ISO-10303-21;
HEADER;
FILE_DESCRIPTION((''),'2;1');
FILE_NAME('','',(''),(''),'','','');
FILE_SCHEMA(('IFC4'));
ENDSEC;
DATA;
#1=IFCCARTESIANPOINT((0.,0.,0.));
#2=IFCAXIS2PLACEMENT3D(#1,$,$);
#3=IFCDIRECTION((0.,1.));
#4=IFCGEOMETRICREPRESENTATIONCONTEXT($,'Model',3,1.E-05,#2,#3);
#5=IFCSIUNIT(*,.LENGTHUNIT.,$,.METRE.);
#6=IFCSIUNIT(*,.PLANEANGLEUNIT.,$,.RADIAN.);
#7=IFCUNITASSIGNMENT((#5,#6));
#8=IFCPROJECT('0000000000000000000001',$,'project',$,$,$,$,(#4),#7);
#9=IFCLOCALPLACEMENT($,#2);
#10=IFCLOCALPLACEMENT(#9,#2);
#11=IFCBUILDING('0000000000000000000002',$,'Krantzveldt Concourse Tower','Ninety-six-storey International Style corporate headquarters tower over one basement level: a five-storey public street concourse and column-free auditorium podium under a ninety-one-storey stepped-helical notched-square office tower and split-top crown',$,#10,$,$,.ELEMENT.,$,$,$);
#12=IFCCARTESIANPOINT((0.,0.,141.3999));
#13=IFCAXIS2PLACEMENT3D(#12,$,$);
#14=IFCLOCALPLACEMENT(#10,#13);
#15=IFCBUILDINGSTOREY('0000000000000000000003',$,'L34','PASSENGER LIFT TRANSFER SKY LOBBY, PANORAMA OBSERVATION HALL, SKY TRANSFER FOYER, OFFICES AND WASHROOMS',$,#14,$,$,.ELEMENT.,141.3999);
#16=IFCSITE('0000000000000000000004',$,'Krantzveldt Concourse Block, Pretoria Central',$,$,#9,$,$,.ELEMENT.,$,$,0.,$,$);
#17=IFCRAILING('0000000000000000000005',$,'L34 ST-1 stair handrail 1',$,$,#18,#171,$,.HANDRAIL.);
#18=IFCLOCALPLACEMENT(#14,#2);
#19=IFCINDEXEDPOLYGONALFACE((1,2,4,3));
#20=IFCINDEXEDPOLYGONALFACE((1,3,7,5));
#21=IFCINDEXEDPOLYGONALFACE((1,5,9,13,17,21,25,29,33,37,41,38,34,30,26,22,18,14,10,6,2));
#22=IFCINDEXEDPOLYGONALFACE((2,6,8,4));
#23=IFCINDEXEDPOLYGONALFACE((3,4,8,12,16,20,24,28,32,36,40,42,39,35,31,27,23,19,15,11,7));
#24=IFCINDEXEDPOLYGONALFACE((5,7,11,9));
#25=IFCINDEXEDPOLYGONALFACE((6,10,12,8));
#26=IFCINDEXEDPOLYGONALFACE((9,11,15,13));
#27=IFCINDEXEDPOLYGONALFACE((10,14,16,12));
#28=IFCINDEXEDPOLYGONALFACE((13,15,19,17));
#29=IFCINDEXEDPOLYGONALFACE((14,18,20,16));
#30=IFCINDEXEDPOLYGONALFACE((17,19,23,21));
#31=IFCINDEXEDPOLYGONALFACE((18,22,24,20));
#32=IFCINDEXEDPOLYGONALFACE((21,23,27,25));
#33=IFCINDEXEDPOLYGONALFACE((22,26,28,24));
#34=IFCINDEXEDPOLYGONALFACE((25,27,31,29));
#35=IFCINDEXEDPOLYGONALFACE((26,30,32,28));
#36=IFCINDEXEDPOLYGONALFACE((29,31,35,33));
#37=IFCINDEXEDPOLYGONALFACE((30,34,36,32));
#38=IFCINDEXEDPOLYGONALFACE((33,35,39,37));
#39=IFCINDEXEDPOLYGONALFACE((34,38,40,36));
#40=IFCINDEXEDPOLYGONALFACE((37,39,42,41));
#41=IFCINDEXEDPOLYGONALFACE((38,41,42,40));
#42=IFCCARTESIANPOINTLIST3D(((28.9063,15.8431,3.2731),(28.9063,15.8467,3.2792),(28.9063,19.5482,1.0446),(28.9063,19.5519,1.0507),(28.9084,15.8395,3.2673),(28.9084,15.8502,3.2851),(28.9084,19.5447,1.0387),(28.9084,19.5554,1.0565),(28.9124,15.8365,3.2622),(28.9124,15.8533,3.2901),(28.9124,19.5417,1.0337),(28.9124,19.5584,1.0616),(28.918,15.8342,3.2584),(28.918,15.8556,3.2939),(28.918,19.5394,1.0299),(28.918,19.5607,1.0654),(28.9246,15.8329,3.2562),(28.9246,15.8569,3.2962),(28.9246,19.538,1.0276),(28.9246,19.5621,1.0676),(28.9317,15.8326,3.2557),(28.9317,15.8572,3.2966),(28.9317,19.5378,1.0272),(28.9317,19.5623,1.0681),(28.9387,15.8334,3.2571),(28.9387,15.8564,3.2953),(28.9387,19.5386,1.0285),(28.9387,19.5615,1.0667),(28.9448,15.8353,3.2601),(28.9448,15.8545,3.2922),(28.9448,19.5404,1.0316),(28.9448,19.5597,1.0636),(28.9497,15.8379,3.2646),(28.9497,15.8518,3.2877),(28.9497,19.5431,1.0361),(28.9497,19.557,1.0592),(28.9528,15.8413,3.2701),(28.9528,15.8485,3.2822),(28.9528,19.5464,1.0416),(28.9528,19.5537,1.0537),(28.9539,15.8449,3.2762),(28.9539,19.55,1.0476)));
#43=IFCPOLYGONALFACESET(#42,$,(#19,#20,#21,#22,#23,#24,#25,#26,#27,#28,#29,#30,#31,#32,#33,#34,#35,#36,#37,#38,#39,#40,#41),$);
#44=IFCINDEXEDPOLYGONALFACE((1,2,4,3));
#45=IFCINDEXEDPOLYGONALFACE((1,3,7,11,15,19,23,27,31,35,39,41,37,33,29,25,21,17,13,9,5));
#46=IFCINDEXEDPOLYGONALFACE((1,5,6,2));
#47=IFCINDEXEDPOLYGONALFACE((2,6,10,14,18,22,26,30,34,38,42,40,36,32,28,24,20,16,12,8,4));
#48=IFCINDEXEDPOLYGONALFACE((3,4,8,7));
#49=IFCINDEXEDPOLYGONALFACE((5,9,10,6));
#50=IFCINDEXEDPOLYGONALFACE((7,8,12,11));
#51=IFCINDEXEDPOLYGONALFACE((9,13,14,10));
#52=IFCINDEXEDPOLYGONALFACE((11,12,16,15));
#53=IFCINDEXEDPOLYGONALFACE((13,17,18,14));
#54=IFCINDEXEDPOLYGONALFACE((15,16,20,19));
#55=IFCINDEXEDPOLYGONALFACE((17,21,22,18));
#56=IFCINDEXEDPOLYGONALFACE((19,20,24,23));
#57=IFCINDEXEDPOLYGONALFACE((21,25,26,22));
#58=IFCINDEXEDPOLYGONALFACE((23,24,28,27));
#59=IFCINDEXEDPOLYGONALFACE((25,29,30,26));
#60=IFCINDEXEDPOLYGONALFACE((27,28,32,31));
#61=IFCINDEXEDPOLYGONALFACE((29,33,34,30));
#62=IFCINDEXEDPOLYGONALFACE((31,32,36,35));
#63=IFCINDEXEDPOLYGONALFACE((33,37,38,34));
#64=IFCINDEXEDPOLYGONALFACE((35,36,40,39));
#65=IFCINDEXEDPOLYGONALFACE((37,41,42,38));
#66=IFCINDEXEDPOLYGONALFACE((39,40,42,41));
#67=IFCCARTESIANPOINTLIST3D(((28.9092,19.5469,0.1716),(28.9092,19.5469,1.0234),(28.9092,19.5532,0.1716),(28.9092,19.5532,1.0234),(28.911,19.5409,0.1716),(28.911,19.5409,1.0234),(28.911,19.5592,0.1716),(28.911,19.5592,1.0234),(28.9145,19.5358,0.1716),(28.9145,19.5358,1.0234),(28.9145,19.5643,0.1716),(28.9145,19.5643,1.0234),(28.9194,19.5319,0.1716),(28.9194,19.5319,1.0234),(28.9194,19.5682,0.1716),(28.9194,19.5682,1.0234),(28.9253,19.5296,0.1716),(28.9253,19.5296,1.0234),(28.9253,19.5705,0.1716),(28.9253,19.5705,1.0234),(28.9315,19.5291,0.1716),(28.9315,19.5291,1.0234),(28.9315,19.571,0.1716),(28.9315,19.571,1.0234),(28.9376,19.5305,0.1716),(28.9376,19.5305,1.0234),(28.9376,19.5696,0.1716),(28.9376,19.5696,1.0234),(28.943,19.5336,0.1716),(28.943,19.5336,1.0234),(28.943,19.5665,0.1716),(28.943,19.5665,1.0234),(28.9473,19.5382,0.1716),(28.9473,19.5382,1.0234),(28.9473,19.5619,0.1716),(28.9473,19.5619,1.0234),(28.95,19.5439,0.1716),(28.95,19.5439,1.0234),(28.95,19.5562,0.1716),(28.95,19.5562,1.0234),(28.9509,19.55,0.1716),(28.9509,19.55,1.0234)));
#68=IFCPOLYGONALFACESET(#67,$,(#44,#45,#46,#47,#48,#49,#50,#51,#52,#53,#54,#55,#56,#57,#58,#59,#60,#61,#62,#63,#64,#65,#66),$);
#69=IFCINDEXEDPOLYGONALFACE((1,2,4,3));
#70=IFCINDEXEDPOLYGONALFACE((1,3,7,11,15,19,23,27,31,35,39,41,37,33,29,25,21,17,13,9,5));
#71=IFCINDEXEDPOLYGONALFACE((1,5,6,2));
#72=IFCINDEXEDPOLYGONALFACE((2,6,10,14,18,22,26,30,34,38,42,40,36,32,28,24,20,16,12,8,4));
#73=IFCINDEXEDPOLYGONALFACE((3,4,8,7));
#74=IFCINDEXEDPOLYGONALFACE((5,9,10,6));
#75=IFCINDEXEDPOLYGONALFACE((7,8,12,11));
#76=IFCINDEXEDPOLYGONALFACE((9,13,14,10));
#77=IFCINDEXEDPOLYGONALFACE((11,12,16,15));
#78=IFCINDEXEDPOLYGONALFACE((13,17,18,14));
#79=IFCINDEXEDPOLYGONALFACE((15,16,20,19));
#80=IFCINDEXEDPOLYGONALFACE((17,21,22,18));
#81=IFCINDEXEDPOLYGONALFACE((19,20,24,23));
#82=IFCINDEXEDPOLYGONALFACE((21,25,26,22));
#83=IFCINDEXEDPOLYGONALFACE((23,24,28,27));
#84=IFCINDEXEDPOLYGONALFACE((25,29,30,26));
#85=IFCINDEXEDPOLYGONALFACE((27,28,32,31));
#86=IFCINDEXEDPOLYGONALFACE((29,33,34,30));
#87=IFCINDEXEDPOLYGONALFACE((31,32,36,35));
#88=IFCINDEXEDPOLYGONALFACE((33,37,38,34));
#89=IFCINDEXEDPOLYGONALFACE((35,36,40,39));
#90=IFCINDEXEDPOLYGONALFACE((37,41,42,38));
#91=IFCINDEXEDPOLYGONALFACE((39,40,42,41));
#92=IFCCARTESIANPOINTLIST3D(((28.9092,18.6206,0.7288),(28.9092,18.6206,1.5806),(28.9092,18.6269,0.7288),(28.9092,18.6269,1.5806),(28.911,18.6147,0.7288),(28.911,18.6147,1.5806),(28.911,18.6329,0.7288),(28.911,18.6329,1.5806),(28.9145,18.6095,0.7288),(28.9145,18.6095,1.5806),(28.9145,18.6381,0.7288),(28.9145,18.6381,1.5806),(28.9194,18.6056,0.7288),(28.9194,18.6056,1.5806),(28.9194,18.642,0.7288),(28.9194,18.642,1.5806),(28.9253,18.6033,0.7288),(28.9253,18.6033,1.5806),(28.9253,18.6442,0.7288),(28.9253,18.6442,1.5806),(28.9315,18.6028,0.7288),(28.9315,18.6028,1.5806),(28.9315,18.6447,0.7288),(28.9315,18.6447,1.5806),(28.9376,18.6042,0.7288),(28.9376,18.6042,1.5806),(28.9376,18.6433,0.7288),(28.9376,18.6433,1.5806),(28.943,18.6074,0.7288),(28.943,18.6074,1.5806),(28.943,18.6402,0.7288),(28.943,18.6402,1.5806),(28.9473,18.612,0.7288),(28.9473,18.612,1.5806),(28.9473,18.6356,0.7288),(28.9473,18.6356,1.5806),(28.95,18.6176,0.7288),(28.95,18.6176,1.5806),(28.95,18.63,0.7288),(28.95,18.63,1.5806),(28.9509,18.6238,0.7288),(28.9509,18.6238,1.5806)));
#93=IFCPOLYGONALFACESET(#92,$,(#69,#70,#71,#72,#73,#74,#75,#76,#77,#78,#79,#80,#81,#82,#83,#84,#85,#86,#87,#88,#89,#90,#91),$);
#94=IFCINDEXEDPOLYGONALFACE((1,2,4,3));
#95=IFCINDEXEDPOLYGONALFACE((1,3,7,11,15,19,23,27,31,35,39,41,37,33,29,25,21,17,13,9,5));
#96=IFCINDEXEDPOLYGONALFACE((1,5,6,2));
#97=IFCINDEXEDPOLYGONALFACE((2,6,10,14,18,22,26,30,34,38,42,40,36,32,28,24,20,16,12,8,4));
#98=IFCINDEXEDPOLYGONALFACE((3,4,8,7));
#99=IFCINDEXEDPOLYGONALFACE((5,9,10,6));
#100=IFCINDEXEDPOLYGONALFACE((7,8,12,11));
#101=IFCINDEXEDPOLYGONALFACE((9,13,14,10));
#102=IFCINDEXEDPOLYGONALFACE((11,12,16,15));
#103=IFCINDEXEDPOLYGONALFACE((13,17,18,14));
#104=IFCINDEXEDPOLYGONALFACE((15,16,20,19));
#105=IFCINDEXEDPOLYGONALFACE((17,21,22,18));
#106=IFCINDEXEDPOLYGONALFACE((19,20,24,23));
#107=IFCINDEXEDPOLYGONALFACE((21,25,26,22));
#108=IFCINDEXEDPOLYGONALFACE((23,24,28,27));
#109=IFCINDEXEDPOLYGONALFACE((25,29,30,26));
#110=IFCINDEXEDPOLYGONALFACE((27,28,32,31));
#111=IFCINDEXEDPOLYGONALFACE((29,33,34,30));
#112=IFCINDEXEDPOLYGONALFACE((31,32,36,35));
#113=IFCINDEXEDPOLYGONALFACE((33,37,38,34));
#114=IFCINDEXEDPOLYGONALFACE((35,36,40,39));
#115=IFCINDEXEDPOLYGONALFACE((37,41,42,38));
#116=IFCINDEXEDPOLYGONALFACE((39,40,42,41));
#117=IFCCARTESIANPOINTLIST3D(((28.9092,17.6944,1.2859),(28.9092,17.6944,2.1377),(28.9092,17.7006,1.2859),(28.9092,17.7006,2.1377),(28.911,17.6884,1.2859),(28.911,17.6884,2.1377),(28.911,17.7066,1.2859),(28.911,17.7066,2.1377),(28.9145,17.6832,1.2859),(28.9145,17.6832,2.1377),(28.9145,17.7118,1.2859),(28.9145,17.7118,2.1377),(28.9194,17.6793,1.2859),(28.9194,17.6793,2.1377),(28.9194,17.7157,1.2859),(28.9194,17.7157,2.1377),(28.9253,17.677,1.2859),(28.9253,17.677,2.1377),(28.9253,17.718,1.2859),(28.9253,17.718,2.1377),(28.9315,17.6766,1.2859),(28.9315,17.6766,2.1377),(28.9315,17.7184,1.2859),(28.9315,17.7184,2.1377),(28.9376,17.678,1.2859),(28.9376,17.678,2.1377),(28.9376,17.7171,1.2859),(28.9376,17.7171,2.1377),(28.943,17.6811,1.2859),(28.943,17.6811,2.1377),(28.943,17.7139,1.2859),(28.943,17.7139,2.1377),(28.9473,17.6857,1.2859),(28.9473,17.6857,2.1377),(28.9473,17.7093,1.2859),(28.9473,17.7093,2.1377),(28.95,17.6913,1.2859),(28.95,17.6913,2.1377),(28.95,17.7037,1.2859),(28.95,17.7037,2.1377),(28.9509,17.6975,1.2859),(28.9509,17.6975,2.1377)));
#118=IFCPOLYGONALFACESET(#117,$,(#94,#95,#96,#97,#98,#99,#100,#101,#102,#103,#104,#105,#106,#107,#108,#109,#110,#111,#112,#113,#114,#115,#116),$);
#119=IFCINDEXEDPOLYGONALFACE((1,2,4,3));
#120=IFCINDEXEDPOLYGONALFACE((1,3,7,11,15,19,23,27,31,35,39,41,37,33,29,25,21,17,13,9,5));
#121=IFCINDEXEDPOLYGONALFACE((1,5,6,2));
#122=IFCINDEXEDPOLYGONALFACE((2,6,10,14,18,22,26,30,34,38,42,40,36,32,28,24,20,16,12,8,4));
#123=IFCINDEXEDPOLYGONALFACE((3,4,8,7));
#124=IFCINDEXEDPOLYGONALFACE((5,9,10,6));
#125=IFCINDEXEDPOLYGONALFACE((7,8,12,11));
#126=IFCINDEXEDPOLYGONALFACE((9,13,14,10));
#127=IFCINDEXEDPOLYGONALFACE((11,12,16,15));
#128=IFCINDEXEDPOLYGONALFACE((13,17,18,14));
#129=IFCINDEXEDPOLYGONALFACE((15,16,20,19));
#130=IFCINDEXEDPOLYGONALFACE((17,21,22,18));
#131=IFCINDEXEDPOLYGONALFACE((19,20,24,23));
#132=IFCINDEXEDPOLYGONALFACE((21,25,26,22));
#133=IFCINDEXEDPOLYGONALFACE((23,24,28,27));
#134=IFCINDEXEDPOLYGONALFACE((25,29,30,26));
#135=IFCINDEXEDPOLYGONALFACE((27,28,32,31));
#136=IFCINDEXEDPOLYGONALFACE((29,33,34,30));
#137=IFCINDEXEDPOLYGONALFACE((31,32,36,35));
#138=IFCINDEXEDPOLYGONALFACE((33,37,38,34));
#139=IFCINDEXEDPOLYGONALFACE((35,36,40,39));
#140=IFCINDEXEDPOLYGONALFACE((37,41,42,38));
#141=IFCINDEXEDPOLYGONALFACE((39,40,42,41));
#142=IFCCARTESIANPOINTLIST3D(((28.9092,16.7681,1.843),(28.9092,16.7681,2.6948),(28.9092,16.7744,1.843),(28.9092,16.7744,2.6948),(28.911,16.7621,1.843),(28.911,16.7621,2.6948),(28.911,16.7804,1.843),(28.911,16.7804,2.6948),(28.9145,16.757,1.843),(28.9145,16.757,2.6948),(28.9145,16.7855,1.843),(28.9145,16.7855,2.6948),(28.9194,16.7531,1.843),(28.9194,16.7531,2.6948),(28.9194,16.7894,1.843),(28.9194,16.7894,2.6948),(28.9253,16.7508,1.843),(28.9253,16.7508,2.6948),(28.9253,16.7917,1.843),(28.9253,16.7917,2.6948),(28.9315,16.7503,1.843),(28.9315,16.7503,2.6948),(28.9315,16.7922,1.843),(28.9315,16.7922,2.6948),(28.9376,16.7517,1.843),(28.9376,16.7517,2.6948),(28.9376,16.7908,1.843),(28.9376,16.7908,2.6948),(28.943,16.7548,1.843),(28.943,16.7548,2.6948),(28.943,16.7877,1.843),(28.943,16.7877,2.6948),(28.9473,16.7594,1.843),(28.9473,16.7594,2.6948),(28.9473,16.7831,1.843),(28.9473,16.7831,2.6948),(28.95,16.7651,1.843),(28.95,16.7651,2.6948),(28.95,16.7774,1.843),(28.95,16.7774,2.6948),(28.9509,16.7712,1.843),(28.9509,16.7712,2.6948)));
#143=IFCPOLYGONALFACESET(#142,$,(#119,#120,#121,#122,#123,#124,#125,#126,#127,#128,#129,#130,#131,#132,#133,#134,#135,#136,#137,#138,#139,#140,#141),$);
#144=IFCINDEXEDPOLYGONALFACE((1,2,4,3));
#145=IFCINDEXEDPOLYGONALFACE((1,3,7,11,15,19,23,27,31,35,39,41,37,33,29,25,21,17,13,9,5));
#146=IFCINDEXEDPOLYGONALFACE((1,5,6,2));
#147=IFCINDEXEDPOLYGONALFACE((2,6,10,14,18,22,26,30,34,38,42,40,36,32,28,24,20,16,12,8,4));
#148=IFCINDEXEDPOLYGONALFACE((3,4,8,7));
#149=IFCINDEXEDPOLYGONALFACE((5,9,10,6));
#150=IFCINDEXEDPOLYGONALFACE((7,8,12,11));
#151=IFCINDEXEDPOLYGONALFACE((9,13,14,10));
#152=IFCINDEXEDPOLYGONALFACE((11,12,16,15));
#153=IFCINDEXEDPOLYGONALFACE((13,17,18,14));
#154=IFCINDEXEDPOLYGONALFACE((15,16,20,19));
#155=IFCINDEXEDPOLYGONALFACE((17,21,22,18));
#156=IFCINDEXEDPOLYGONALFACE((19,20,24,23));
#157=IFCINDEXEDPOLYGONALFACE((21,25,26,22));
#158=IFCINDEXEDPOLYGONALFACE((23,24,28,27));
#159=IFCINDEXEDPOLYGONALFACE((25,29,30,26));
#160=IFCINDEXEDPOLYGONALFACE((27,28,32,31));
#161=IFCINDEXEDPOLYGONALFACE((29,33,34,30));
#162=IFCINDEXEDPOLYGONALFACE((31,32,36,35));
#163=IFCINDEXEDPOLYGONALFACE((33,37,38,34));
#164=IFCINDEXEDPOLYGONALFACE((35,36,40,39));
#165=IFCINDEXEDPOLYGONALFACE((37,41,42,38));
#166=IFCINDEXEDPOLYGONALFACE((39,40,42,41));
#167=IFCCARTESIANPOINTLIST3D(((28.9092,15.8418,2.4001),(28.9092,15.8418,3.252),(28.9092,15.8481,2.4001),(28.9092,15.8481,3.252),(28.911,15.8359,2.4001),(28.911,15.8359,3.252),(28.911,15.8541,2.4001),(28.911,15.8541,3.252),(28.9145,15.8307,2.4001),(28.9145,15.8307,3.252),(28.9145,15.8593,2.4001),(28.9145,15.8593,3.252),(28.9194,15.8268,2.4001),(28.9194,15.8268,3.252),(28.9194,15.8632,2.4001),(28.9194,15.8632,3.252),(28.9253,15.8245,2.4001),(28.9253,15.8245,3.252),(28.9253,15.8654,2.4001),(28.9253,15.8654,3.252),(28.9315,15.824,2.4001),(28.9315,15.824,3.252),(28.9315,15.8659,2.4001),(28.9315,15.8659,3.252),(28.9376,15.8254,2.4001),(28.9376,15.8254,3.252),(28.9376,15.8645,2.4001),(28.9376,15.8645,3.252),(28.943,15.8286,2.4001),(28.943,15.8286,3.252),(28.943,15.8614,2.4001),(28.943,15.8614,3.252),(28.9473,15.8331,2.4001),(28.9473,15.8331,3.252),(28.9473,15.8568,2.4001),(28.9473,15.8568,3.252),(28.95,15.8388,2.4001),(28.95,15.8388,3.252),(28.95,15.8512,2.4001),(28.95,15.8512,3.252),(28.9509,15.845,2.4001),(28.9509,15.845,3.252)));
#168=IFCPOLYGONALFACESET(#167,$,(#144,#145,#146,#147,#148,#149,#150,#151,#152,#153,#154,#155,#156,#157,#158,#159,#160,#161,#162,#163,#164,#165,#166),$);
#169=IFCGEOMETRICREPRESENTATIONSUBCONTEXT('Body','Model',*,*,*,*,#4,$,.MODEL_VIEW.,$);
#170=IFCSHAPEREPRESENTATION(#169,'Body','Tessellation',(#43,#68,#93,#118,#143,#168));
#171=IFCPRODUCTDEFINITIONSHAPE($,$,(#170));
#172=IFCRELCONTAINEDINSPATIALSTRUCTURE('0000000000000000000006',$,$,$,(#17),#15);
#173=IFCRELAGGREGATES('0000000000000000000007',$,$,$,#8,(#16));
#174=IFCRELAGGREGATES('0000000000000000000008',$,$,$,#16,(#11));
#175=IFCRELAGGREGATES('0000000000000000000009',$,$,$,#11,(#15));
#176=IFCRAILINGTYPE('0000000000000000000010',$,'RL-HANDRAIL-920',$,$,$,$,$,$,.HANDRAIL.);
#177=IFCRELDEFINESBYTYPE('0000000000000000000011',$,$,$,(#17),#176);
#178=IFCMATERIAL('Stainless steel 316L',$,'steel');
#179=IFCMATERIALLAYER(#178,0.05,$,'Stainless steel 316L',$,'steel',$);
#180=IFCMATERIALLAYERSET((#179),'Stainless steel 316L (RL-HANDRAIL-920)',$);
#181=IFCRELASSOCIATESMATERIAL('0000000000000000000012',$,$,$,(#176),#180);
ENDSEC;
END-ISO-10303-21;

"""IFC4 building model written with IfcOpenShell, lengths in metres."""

from ifc_helpers import new_model, si_unit, direction, frame, origin, origin_2d, place, context, subcontext, project, spatial, circle, extrude, material, layer, layer_set, type_object, element, save


model = new_model("IFC4")

# Units and contexts
model_context = context("Model", 3, precision=1e-05, world=origin(), true_north=direction((0.0, 1.0)))
body_context = subcontext(model_context, "Body", "Model", "MODEL_VIEW")
ifc_project = project(units=[si_unit("LENGTHUNIT", "METRE"), si_unit("PLANEANGLEUNIT", "RADIAN")], contexts=[model_context])

# Site, building, storey
site_placement = place(None, origin())
site = spatial("IfcSite", under=ifc_project, at=site_placement, Name="Krantzveldt Concourse Block, Pretoria Central", CompositionType="ELEMENT", RefElevation=0.0)
building_placement = place(site_placement, origin())
building = spatial("IfcBuilding", under=site, at=building_placement, Name="Krantzveldt Concourse Tower", Description="Ninety-six-storey International Style corporate headquarters tower over one basement level: a five-storey public street concourse and column-free auditorium podium under a ninety-one-storey stepped-helical notched-square office tower and split-top crown", CompositionType="ELEMENT")
storey_placement = place(building_placement, frame((0.0, 0.0, 141.3999)))
storey = spatial("IfcBuildingStorey", under=building, at=storey_placement, Name="L34", Description="PASSENGER LIFT TRANSFER SKY LOBBY, PANORAMA OBSERVATION HALL, SKY TRANSFER FOYER, OFFICES AND WASHROOMS", CompositionType="ELEMENT", Elevation=141.3999)

# Shared definitions
ifc_material_1 = material(Name="Stainless steel 316L", Category="steel")

# Railing
ifc_layer_1 = layer(ifc_material_1, 0.05, Name="Stainless steel 316L", Category="steel")
ifc_layer_set_1 = layer_set([ifc_layer_1], Name="Stainless steel 316L (RL-HANDRAIL-920)")
railing_type_1 = type_object("IfcRailingType", Name="RL-HANDRAIL-920", PredefinedType="HANDRAIL", material=ifc_layer_set_1)
railing_1_placement = place(storey_placement, frame((28.9299, 19.55, 0.1716)))
element("IfcRailing", 1, at=railing_1_placement, inside=storey, type_object=railing_type_1, Name="L34 ST-1 stair handrail 1", PredefinedType="HANDRAIL", context=body_context, shape_type="SweptSolid", body=[
    extrude(circle(Radius=0.0239, at=origin_2d()), frame((0.0, 0.0, 0.876), z_axis=(0.0, -0.856934, 0.515425), x_axis=(1.0, 0.0, 0.0)), (0.0, 0.0, 1.0), 4.3237),
    extrude(circle(Radius=0.021, at=origin_2d()), origin(), (0.0, 0.0, 1.0), 0.8518),
    extrude(circle(Radius=0.021, at=origin_2d()), frame((0.0, -0.9263, 0.5571)), (0.0, 0.0, 1.0), 0.8518),
    extrude(circle(Radius=0.021, at=origin_2d()), frame((0.0, -1.8525, 1.1143)), (0.0, 0.0, 1.0), 0.8518),
    extrude(circle(Radius=0.021, at=origin_2d()), frame((0.0, -2.7788, 1.6714)), (0.0, 0.0, 1.0), 0.8518),
    extrude(circle(Radius=0.021, at=origin_2d()), frame((0.0, -3.7051, 2.2285)), (0.0, 0.0, 1.0), 0.8518),
])

save(model, "model.ifc")
